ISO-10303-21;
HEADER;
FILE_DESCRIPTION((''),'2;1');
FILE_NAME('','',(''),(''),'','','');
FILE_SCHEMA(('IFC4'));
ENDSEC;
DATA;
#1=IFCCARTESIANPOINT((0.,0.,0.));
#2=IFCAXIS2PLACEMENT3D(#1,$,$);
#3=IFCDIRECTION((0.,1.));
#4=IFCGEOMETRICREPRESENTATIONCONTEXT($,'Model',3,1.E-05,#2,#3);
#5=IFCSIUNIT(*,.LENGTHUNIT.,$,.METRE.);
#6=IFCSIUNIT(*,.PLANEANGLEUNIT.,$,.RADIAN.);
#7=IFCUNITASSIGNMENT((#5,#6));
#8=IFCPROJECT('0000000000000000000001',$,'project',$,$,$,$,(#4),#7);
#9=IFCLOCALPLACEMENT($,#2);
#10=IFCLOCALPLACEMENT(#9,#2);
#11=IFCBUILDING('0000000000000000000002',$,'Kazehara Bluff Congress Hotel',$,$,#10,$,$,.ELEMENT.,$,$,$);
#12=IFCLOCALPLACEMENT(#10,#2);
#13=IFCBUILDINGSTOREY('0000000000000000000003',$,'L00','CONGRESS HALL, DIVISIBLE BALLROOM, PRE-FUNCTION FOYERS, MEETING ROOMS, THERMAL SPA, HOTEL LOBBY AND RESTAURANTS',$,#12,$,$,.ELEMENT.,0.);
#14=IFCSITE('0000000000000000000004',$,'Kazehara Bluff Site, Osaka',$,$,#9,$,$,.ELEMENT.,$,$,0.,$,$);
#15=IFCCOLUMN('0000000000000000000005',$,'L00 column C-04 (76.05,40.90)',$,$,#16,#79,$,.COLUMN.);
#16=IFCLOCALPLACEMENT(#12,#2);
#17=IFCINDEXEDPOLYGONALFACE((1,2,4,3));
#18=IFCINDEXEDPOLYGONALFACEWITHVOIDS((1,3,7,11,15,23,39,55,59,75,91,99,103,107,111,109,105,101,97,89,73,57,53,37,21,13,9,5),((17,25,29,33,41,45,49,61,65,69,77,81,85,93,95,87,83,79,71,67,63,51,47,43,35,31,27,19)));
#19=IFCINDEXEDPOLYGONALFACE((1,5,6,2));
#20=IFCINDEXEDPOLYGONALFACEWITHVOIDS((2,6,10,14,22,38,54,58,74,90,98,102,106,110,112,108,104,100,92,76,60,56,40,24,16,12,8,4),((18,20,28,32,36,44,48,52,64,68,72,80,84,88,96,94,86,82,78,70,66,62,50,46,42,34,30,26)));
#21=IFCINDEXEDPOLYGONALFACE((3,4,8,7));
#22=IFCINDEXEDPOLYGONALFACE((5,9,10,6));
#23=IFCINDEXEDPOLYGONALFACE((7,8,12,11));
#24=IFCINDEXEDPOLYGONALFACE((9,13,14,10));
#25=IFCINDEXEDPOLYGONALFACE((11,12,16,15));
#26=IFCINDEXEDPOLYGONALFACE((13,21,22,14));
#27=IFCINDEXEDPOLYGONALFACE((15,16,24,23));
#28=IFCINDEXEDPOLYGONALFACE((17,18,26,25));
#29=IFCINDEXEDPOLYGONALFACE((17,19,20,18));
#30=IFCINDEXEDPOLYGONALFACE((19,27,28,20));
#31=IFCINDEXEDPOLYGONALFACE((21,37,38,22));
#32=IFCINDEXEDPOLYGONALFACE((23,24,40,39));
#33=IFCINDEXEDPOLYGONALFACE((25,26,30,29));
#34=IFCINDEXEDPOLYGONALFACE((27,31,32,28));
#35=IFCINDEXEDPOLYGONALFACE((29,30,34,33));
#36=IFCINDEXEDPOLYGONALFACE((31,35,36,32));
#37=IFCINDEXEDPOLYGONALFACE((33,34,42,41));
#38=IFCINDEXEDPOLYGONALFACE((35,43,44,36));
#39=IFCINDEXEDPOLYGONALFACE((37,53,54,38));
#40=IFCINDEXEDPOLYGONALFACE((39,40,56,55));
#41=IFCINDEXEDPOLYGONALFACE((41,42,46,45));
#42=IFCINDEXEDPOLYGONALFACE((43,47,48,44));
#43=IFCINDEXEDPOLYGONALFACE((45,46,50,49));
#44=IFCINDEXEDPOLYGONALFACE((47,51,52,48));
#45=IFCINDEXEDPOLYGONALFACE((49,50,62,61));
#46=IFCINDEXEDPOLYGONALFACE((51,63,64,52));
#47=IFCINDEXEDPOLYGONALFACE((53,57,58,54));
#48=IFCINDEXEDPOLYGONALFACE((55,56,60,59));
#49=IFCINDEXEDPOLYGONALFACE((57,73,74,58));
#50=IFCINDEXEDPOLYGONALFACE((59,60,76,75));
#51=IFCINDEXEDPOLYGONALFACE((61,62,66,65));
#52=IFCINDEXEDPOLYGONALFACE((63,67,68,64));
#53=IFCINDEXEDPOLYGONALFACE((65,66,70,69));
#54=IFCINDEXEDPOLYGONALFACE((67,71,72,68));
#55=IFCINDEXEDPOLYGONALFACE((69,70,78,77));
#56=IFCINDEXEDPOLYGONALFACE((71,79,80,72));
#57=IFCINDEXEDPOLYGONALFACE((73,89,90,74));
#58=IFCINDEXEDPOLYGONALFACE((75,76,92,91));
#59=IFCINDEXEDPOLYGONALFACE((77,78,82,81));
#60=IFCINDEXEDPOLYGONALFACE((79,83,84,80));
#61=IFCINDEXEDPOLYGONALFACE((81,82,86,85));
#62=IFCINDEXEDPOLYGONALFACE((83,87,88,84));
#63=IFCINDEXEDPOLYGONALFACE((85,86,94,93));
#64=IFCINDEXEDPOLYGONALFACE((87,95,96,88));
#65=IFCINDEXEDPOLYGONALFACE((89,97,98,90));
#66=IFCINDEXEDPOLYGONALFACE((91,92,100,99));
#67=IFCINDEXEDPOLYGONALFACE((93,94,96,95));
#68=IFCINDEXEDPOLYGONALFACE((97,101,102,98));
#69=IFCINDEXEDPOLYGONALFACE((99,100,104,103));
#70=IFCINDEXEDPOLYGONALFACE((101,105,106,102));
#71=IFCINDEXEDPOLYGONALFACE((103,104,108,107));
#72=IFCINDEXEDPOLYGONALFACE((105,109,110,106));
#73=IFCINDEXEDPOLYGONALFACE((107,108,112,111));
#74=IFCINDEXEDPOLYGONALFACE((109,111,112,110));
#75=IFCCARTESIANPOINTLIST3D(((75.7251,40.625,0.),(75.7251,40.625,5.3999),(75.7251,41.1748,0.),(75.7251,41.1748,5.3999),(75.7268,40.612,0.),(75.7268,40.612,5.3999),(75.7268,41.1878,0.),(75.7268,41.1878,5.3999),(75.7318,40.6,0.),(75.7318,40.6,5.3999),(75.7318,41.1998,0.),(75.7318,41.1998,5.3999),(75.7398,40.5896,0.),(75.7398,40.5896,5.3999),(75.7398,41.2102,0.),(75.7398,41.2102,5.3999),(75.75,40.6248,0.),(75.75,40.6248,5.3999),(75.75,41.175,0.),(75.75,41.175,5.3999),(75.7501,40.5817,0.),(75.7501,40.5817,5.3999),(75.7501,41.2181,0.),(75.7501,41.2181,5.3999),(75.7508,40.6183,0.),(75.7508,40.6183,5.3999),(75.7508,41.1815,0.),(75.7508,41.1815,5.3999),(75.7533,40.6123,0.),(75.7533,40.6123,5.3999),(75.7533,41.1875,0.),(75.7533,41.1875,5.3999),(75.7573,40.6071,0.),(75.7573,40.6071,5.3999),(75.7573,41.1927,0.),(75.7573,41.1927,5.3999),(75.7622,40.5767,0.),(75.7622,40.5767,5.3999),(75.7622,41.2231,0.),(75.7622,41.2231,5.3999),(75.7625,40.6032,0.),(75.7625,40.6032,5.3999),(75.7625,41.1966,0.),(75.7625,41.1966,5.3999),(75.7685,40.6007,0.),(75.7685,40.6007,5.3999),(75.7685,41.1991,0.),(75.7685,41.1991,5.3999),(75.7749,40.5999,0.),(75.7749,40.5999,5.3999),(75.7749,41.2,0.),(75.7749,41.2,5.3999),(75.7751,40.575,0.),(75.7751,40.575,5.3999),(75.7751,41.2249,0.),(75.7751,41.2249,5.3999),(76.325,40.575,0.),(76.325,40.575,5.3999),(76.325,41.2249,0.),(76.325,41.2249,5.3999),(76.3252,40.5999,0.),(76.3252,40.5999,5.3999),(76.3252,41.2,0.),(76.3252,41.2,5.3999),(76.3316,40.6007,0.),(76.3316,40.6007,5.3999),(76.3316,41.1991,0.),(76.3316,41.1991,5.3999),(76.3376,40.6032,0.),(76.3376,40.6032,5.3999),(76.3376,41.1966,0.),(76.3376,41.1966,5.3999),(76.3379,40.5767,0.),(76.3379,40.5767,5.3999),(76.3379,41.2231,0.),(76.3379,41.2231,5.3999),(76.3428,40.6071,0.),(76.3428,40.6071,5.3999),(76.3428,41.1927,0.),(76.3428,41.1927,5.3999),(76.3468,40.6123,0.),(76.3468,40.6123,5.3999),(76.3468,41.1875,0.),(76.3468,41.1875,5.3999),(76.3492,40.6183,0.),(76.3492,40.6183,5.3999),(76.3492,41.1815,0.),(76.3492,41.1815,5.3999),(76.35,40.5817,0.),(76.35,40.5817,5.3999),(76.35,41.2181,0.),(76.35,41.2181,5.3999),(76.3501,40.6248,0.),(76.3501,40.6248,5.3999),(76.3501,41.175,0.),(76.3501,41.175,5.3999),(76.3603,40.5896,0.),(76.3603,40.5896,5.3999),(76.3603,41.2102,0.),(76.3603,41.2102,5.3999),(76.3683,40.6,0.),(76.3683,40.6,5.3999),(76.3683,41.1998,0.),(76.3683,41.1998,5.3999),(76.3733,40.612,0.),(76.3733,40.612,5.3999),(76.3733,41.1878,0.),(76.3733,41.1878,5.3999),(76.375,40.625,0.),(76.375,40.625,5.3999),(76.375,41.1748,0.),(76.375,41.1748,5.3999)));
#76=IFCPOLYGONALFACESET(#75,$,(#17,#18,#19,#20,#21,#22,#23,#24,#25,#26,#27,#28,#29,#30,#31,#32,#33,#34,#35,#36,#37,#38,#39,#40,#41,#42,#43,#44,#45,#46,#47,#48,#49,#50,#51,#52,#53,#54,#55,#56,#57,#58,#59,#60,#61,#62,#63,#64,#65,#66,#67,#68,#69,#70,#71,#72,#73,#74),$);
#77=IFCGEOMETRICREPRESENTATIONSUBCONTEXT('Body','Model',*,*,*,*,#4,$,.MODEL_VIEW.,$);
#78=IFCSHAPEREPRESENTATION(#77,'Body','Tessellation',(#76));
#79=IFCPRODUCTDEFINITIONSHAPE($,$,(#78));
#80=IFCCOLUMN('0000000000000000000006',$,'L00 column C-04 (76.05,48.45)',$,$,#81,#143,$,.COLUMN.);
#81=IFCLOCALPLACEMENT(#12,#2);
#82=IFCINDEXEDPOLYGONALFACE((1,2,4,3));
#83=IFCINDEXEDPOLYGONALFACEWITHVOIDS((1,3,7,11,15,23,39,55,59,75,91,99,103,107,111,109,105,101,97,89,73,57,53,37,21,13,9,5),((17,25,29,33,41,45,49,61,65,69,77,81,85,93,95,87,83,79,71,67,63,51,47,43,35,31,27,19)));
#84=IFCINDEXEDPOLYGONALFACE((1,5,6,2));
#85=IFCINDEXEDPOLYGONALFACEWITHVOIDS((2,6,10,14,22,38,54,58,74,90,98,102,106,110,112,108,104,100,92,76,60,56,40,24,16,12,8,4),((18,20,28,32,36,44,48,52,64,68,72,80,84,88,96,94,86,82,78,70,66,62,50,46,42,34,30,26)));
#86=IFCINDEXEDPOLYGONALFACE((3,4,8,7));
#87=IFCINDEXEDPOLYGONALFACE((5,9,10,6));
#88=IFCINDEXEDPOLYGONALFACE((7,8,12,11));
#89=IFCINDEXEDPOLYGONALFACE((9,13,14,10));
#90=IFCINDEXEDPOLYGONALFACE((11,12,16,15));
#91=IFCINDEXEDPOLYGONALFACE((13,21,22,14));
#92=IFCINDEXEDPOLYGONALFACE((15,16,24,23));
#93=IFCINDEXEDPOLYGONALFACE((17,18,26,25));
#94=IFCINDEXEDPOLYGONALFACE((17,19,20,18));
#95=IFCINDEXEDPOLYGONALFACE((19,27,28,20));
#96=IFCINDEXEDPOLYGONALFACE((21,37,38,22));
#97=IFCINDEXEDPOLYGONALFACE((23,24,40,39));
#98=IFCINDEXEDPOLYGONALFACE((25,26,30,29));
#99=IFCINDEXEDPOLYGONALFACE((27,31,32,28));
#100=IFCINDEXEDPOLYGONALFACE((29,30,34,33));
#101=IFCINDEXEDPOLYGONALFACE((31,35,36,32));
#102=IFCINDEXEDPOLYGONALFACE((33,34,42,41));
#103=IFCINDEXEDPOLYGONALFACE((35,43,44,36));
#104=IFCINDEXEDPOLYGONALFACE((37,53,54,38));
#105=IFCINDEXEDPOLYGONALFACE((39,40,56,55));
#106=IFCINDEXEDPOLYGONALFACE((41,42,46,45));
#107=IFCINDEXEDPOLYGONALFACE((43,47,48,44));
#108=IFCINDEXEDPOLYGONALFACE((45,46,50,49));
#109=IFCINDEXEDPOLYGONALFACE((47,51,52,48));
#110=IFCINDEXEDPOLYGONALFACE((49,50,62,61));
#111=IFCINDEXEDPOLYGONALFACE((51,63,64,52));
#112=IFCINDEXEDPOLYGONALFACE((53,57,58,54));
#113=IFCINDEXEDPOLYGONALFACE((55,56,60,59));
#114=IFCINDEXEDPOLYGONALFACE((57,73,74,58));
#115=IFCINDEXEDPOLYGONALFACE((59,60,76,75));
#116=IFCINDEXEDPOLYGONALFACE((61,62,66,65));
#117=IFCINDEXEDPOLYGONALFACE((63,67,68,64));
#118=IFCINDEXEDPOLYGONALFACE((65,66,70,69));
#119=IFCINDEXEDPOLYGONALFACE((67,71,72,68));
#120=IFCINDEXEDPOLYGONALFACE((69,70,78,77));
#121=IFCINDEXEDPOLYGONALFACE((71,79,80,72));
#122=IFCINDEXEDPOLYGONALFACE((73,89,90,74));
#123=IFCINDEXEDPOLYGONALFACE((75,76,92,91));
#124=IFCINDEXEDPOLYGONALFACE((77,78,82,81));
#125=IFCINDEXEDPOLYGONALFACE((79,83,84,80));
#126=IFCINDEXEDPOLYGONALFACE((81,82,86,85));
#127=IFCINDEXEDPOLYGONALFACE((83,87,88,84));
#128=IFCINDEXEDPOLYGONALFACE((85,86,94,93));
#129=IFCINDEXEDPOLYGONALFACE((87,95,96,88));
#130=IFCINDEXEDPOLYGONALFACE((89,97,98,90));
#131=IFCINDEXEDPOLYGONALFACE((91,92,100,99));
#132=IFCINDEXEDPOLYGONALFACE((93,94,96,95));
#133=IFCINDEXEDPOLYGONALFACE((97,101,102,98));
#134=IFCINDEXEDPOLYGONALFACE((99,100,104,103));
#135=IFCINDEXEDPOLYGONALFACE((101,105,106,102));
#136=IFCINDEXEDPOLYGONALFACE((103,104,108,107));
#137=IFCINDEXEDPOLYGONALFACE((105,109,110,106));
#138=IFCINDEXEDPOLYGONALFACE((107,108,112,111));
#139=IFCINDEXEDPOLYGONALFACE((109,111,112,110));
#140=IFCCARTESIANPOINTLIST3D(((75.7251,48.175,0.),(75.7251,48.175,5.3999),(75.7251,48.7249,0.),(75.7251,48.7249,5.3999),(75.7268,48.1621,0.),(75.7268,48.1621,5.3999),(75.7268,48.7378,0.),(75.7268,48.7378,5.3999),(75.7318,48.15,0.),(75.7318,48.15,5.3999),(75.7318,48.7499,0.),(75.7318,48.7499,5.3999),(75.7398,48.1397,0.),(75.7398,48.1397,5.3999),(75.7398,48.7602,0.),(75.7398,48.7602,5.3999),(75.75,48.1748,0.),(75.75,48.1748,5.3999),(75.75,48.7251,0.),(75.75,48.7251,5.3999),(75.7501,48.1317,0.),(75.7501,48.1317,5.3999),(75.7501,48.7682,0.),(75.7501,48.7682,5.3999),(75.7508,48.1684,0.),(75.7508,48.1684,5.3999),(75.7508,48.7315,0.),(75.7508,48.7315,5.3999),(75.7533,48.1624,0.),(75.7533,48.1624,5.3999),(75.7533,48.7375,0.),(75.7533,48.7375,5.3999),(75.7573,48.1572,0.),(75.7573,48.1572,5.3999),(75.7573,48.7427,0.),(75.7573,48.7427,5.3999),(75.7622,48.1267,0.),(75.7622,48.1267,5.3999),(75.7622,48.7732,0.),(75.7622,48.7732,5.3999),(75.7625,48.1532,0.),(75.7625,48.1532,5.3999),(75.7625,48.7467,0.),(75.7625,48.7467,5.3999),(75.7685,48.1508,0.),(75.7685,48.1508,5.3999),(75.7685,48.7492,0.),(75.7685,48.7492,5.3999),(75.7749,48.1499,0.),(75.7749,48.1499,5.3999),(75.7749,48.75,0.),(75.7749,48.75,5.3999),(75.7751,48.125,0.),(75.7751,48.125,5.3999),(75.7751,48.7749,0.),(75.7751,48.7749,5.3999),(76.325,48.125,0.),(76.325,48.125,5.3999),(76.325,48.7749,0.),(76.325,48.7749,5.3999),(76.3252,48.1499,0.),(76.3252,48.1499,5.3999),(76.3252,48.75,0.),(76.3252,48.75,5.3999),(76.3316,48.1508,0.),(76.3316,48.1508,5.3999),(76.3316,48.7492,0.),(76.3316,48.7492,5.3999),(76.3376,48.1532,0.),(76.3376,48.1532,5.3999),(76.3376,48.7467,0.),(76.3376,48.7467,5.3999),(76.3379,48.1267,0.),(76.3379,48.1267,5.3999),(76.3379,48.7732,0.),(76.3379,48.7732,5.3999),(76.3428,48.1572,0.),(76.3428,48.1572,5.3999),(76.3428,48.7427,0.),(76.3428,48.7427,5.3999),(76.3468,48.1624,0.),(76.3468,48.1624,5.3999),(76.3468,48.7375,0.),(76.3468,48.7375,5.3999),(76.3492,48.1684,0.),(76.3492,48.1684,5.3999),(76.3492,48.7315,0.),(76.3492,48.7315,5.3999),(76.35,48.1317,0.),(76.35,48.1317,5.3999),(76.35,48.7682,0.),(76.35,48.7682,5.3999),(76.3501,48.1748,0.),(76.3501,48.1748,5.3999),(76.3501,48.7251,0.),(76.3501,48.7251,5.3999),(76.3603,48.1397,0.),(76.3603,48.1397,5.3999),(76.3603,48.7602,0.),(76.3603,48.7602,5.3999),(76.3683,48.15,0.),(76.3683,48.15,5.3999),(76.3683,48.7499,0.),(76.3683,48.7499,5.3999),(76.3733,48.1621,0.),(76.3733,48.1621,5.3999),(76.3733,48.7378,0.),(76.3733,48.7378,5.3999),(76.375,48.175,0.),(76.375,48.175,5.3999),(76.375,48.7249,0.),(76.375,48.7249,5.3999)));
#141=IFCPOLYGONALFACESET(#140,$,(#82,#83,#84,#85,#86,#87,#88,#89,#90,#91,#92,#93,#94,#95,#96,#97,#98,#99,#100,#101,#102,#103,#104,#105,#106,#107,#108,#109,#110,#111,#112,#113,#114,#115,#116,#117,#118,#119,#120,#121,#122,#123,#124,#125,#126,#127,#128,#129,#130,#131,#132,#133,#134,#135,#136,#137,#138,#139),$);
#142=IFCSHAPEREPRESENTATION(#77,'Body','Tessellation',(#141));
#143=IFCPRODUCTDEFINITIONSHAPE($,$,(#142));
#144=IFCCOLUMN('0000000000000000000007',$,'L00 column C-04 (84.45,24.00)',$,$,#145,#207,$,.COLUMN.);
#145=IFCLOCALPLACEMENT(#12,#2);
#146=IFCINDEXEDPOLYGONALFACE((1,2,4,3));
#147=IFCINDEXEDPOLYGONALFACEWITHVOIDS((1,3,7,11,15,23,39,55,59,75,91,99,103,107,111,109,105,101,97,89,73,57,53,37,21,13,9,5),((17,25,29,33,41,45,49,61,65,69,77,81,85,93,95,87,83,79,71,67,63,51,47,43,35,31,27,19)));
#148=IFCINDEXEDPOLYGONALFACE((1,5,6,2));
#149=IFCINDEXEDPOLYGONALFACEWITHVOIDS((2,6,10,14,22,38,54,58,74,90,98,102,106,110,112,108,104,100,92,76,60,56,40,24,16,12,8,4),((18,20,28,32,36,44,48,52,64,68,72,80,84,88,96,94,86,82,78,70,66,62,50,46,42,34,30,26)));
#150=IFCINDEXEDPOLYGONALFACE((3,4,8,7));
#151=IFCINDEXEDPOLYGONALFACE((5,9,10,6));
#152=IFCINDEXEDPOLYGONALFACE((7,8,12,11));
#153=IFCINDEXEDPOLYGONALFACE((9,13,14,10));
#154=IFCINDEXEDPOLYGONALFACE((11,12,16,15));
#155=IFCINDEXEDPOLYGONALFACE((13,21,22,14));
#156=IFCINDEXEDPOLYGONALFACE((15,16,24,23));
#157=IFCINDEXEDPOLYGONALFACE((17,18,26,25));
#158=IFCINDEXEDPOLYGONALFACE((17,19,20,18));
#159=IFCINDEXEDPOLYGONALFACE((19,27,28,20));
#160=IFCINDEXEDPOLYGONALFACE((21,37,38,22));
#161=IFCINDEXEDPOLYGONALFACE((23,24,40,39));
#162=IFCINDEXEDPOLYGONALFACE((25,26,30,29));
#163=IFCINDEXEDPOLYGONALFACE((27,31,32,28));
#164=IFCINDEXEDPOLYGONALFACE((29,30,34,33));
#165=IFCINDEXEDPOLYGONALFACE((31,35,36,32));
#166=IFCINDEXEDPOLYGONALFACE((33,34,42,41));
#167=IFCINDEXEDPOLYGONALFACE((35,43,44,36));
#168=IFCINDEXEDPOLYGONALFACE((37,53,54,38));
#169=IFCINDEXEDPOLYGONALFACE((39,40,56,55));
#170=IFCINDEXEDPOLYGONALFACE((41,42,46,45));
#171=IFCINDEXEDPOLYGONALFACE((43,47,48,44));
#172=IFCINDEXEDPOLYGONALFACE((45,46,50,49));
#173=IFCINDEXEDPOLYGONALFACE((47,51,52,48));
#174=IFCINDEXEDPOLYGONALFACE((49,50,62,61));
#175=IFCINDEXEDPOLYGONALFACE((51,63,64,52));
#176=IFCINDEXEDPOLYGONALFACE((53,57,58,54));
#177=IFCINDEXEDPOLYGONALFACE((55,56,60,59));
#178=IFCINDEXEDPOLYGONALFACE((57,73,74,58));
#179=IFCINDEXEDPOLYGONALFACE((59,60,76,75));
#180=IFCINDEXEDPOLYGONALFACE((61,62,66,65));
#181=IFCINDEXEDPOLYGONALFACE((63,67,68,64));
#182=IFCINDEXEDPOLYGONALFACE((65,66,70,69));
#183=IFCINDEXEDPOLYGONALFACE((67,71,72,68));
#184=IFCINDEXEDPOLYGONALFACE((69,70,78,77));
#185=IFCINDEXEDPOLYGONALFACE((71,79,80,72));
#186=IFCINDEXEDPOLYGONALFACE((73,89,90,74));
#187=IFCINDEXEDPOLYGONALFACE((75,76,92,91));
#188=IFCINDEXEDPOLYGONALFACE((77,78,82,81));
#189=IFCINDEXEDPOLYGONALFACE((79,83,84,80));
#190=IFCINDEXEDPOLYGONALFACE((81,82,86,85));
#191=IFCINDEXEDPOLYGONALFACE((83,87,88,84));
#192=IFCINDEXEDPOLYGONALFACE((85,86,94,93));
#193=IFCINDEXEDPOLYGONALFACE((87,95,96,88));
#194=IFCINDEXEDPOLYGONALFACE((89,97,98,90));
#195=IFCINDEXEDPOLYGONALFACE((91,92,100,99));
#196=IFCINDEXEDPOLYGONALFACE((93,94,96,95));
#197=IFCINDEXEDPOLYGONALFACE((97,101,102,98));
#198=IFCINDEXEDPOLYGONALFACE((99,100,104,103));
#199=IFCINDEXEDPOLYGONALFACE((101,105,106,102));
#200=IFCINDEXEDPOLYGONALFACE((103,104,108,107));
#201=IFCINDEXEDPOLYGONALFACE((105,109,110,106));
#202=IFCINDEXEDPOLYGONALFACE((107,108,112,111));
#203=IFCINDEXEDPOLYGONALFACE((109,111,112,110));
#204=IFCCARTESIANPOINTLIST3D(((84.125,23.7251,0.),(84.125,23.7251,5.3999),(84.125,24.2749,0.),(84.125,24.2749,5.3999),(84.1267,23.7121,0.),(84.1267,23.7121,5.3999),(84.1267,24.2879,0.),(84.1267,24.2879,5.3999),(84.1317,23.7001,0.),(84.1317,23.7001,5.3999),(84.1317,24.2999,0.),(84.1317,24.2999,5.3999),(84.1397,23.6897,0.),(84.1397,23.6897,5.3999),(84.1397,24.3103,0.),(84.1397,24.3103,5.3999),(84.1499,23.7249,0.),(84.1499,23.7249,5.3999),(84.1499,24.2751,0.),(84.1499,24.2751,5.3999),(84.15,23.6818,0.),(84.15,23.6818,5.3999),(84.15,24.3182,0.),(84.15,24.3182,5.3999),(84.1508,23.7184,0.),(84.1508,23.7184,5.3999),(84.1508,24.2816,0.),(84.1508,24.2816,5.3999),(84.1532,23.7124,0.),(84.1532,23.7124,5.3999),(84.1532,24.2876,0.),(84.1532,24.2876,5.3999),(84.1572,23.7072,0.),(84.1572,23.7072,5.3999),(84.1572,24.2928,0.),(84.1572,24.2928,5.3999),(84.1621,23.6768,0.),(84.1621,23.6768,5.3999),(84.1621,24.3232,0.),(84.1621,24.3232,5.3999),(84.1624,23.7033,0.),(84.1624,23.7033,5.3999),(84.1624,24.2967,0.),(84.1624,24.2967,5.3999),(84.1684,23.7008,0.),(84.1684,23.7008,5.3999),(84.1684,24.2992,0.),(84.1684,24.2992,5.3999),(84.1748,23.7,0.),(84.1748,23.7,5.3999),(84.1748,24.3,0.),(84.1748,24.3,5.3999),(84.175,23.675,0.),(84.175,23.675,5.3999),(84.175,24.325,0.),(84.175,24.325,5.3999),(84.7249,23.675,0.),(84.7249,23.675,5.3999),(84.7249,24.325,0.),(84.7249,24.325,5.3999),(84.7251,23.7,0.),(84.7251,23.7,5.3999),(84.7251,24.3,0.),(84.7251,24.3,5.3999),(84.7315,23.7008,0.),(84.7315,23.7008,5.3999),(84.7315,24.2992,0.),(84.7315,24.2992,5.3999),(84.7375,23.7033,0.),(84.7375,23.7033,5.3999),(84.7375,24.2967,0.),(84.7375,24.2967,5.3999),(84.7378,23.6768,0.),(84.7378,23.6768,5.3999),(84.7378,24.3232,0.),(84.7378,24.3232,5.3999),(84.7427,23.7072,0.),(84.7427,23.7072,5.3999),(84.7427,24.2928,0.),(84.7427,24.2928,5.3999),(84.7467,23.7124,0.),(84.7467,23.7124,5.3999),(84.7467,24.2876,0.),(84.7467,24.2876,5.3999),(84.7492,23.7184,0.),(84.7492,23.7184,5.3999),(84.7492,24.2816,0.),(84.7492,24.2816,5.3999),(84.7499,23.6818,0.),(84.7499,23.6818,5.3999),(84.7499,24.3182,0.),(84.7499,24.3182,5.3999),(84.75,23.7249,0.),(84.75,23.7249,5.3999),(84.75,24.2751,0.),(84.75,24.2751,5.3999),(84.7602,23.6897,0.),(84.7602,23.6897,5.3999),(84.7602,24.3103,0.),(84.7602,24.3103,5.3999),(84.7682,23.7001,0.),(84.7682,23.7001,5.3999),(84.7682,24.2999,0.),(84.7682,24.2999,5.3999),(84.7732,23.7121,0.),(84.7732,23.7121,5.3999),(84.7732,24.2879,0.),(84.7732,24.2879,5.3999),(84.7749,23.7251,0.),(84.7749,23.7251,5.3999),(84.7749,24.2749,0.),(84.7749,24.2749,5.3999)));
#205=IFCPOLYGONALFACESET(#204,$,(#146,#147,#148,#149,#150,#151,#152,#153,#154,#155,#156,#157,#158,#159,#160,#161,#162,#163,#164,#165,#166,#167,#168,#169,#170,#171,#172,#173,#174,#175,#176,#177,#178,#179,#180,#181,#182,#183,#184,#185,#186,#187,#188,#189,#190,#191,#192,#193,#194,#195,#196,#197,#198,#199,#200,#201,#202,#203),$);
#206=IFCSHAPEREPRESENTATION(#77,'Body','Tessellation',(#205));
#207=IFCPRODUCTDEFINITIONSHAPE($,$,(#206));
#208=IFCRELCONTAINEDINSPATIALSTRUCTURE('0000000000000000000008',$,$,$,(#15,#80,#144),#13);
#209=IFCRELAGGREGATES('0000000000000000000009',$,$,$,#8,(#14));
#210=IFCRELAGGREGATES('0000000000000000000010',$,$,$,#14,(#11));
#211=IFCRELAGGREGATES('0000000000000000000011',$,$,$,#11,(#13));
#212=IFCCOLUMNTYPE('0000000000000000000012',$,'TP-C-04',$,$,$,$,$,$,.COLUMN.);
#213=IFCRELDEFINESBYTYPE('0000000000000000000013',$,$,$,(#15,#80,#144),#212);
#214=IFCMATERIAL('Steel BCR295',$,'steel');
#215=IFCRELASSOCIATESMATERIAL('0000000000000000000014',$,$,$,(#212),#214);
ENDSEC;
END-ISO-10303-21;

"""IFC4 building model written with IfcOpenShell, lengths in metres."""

from ifc_helpers import new_model, si_unit, direction, frame, origin, origin_2d, place, context, subcontext, project, spatial, hollow_rectangle, extrude, material, material_profile, profile_set, type_object, element, save


model = new_model("IFC4")

# Units and contexts
model_context = context("Model", 3, precision=1e-05, world=origin(), true_north=direction((0.0, 1.0)))
body_context = subcontext(model_context, "Body", "Model", "MODEL_VIEW")
ifc_project = project(units=[si_unit("LENGTHUNIT", "METRE"), si_unit("PLANEANGLEUNIT", "RADIAN")], contexts=[model_context])

# Site, building, storey
site_placement = place(None, origin())
site = spatial("IfcSite", under=ifc_project, at=site_placement, Name="Kazehara Bluff Site, Osaka", CompositionType="ELEMENT", RefElevation=0.0)
building_placement = place(site_placement, origin())
building = spatial("IfcBuilding", under=site, at=building_placement, Name="Kazehara Bluff Congress Hotel", CompositionType="ELEMENT")
storey_placement = place(building_placement, origin())
storey = spatial("IfcBuildingStorey", under=building, at=storey_placement, Name="L00", Description="CONGRESS HALL, DIVISIBLE BALLROOM, PRE-FUNCTION FOYERS, MEETING ROOMS, THERMAL SPA, HOTEL LOBBY AND RESTAURANTS", CompositionType="ELEMENT", Elevation=0.0)

# Columns
ifc_material_1 = material(Name="Steel BCR295", Category="steel")
ifc_material_profile_1 = material_profile(ifc_material_1, hollow_rectangle(XDim=0.6499, YDim=0.6499, WallThickness=0.0249, InnerFilletRadius=0.0249, OuterFilletRadius=0.05, at=origin_2d()))
ifc_profile_set_1 = profile_set([ifc_material_profile_1], Name="Steel BCR295")
column_type = type_object("IfcColumnType", Name="TP-C-04", PredefinedType="COLUMN", material=ifc_profile_set_1)
for number, where, z_axis, x_axis, name in (
    (1, (76.05, 40.8999, 0.0), (0.0, 0.0, 1.0), (1.0, 0.0, 0.0), "L00 column C-04 (76.05,40.90)"),
    (2, (76.05, 48.45, 0.0), (0.0, 0.0, 1.0), (1.0, 0.0, 0.0), "L00 column C-04 (76.05,48.45)"),
    (3, (84.45, 24.0, 0.0), (0.0, 0.0, 1.0), (1.0, 0.0, 0.0), "L00 column C-04 (84.45,24.00)"),
):
    element("IfcColumn", number, at=place(storey_placement, frame(where, z_axis=z_axis, x_axis=x_axis)), inside=storey, type_object=column_type, Name=name, PredefinedType="COLUMN", context=body_context, shape_type="SweptSolid", body=[
        extrude(hollow_rectangle(XDim=0.6499, YDim=0.6499, WallThickness=0.0249, InnerFilletRadius=0.0249, OuterFilletRadius=0.05, at=origin_2d()), origin(), (0.0, 0.0, 1.0), 5.3999),
    ])

save(model, "model.ifc")
